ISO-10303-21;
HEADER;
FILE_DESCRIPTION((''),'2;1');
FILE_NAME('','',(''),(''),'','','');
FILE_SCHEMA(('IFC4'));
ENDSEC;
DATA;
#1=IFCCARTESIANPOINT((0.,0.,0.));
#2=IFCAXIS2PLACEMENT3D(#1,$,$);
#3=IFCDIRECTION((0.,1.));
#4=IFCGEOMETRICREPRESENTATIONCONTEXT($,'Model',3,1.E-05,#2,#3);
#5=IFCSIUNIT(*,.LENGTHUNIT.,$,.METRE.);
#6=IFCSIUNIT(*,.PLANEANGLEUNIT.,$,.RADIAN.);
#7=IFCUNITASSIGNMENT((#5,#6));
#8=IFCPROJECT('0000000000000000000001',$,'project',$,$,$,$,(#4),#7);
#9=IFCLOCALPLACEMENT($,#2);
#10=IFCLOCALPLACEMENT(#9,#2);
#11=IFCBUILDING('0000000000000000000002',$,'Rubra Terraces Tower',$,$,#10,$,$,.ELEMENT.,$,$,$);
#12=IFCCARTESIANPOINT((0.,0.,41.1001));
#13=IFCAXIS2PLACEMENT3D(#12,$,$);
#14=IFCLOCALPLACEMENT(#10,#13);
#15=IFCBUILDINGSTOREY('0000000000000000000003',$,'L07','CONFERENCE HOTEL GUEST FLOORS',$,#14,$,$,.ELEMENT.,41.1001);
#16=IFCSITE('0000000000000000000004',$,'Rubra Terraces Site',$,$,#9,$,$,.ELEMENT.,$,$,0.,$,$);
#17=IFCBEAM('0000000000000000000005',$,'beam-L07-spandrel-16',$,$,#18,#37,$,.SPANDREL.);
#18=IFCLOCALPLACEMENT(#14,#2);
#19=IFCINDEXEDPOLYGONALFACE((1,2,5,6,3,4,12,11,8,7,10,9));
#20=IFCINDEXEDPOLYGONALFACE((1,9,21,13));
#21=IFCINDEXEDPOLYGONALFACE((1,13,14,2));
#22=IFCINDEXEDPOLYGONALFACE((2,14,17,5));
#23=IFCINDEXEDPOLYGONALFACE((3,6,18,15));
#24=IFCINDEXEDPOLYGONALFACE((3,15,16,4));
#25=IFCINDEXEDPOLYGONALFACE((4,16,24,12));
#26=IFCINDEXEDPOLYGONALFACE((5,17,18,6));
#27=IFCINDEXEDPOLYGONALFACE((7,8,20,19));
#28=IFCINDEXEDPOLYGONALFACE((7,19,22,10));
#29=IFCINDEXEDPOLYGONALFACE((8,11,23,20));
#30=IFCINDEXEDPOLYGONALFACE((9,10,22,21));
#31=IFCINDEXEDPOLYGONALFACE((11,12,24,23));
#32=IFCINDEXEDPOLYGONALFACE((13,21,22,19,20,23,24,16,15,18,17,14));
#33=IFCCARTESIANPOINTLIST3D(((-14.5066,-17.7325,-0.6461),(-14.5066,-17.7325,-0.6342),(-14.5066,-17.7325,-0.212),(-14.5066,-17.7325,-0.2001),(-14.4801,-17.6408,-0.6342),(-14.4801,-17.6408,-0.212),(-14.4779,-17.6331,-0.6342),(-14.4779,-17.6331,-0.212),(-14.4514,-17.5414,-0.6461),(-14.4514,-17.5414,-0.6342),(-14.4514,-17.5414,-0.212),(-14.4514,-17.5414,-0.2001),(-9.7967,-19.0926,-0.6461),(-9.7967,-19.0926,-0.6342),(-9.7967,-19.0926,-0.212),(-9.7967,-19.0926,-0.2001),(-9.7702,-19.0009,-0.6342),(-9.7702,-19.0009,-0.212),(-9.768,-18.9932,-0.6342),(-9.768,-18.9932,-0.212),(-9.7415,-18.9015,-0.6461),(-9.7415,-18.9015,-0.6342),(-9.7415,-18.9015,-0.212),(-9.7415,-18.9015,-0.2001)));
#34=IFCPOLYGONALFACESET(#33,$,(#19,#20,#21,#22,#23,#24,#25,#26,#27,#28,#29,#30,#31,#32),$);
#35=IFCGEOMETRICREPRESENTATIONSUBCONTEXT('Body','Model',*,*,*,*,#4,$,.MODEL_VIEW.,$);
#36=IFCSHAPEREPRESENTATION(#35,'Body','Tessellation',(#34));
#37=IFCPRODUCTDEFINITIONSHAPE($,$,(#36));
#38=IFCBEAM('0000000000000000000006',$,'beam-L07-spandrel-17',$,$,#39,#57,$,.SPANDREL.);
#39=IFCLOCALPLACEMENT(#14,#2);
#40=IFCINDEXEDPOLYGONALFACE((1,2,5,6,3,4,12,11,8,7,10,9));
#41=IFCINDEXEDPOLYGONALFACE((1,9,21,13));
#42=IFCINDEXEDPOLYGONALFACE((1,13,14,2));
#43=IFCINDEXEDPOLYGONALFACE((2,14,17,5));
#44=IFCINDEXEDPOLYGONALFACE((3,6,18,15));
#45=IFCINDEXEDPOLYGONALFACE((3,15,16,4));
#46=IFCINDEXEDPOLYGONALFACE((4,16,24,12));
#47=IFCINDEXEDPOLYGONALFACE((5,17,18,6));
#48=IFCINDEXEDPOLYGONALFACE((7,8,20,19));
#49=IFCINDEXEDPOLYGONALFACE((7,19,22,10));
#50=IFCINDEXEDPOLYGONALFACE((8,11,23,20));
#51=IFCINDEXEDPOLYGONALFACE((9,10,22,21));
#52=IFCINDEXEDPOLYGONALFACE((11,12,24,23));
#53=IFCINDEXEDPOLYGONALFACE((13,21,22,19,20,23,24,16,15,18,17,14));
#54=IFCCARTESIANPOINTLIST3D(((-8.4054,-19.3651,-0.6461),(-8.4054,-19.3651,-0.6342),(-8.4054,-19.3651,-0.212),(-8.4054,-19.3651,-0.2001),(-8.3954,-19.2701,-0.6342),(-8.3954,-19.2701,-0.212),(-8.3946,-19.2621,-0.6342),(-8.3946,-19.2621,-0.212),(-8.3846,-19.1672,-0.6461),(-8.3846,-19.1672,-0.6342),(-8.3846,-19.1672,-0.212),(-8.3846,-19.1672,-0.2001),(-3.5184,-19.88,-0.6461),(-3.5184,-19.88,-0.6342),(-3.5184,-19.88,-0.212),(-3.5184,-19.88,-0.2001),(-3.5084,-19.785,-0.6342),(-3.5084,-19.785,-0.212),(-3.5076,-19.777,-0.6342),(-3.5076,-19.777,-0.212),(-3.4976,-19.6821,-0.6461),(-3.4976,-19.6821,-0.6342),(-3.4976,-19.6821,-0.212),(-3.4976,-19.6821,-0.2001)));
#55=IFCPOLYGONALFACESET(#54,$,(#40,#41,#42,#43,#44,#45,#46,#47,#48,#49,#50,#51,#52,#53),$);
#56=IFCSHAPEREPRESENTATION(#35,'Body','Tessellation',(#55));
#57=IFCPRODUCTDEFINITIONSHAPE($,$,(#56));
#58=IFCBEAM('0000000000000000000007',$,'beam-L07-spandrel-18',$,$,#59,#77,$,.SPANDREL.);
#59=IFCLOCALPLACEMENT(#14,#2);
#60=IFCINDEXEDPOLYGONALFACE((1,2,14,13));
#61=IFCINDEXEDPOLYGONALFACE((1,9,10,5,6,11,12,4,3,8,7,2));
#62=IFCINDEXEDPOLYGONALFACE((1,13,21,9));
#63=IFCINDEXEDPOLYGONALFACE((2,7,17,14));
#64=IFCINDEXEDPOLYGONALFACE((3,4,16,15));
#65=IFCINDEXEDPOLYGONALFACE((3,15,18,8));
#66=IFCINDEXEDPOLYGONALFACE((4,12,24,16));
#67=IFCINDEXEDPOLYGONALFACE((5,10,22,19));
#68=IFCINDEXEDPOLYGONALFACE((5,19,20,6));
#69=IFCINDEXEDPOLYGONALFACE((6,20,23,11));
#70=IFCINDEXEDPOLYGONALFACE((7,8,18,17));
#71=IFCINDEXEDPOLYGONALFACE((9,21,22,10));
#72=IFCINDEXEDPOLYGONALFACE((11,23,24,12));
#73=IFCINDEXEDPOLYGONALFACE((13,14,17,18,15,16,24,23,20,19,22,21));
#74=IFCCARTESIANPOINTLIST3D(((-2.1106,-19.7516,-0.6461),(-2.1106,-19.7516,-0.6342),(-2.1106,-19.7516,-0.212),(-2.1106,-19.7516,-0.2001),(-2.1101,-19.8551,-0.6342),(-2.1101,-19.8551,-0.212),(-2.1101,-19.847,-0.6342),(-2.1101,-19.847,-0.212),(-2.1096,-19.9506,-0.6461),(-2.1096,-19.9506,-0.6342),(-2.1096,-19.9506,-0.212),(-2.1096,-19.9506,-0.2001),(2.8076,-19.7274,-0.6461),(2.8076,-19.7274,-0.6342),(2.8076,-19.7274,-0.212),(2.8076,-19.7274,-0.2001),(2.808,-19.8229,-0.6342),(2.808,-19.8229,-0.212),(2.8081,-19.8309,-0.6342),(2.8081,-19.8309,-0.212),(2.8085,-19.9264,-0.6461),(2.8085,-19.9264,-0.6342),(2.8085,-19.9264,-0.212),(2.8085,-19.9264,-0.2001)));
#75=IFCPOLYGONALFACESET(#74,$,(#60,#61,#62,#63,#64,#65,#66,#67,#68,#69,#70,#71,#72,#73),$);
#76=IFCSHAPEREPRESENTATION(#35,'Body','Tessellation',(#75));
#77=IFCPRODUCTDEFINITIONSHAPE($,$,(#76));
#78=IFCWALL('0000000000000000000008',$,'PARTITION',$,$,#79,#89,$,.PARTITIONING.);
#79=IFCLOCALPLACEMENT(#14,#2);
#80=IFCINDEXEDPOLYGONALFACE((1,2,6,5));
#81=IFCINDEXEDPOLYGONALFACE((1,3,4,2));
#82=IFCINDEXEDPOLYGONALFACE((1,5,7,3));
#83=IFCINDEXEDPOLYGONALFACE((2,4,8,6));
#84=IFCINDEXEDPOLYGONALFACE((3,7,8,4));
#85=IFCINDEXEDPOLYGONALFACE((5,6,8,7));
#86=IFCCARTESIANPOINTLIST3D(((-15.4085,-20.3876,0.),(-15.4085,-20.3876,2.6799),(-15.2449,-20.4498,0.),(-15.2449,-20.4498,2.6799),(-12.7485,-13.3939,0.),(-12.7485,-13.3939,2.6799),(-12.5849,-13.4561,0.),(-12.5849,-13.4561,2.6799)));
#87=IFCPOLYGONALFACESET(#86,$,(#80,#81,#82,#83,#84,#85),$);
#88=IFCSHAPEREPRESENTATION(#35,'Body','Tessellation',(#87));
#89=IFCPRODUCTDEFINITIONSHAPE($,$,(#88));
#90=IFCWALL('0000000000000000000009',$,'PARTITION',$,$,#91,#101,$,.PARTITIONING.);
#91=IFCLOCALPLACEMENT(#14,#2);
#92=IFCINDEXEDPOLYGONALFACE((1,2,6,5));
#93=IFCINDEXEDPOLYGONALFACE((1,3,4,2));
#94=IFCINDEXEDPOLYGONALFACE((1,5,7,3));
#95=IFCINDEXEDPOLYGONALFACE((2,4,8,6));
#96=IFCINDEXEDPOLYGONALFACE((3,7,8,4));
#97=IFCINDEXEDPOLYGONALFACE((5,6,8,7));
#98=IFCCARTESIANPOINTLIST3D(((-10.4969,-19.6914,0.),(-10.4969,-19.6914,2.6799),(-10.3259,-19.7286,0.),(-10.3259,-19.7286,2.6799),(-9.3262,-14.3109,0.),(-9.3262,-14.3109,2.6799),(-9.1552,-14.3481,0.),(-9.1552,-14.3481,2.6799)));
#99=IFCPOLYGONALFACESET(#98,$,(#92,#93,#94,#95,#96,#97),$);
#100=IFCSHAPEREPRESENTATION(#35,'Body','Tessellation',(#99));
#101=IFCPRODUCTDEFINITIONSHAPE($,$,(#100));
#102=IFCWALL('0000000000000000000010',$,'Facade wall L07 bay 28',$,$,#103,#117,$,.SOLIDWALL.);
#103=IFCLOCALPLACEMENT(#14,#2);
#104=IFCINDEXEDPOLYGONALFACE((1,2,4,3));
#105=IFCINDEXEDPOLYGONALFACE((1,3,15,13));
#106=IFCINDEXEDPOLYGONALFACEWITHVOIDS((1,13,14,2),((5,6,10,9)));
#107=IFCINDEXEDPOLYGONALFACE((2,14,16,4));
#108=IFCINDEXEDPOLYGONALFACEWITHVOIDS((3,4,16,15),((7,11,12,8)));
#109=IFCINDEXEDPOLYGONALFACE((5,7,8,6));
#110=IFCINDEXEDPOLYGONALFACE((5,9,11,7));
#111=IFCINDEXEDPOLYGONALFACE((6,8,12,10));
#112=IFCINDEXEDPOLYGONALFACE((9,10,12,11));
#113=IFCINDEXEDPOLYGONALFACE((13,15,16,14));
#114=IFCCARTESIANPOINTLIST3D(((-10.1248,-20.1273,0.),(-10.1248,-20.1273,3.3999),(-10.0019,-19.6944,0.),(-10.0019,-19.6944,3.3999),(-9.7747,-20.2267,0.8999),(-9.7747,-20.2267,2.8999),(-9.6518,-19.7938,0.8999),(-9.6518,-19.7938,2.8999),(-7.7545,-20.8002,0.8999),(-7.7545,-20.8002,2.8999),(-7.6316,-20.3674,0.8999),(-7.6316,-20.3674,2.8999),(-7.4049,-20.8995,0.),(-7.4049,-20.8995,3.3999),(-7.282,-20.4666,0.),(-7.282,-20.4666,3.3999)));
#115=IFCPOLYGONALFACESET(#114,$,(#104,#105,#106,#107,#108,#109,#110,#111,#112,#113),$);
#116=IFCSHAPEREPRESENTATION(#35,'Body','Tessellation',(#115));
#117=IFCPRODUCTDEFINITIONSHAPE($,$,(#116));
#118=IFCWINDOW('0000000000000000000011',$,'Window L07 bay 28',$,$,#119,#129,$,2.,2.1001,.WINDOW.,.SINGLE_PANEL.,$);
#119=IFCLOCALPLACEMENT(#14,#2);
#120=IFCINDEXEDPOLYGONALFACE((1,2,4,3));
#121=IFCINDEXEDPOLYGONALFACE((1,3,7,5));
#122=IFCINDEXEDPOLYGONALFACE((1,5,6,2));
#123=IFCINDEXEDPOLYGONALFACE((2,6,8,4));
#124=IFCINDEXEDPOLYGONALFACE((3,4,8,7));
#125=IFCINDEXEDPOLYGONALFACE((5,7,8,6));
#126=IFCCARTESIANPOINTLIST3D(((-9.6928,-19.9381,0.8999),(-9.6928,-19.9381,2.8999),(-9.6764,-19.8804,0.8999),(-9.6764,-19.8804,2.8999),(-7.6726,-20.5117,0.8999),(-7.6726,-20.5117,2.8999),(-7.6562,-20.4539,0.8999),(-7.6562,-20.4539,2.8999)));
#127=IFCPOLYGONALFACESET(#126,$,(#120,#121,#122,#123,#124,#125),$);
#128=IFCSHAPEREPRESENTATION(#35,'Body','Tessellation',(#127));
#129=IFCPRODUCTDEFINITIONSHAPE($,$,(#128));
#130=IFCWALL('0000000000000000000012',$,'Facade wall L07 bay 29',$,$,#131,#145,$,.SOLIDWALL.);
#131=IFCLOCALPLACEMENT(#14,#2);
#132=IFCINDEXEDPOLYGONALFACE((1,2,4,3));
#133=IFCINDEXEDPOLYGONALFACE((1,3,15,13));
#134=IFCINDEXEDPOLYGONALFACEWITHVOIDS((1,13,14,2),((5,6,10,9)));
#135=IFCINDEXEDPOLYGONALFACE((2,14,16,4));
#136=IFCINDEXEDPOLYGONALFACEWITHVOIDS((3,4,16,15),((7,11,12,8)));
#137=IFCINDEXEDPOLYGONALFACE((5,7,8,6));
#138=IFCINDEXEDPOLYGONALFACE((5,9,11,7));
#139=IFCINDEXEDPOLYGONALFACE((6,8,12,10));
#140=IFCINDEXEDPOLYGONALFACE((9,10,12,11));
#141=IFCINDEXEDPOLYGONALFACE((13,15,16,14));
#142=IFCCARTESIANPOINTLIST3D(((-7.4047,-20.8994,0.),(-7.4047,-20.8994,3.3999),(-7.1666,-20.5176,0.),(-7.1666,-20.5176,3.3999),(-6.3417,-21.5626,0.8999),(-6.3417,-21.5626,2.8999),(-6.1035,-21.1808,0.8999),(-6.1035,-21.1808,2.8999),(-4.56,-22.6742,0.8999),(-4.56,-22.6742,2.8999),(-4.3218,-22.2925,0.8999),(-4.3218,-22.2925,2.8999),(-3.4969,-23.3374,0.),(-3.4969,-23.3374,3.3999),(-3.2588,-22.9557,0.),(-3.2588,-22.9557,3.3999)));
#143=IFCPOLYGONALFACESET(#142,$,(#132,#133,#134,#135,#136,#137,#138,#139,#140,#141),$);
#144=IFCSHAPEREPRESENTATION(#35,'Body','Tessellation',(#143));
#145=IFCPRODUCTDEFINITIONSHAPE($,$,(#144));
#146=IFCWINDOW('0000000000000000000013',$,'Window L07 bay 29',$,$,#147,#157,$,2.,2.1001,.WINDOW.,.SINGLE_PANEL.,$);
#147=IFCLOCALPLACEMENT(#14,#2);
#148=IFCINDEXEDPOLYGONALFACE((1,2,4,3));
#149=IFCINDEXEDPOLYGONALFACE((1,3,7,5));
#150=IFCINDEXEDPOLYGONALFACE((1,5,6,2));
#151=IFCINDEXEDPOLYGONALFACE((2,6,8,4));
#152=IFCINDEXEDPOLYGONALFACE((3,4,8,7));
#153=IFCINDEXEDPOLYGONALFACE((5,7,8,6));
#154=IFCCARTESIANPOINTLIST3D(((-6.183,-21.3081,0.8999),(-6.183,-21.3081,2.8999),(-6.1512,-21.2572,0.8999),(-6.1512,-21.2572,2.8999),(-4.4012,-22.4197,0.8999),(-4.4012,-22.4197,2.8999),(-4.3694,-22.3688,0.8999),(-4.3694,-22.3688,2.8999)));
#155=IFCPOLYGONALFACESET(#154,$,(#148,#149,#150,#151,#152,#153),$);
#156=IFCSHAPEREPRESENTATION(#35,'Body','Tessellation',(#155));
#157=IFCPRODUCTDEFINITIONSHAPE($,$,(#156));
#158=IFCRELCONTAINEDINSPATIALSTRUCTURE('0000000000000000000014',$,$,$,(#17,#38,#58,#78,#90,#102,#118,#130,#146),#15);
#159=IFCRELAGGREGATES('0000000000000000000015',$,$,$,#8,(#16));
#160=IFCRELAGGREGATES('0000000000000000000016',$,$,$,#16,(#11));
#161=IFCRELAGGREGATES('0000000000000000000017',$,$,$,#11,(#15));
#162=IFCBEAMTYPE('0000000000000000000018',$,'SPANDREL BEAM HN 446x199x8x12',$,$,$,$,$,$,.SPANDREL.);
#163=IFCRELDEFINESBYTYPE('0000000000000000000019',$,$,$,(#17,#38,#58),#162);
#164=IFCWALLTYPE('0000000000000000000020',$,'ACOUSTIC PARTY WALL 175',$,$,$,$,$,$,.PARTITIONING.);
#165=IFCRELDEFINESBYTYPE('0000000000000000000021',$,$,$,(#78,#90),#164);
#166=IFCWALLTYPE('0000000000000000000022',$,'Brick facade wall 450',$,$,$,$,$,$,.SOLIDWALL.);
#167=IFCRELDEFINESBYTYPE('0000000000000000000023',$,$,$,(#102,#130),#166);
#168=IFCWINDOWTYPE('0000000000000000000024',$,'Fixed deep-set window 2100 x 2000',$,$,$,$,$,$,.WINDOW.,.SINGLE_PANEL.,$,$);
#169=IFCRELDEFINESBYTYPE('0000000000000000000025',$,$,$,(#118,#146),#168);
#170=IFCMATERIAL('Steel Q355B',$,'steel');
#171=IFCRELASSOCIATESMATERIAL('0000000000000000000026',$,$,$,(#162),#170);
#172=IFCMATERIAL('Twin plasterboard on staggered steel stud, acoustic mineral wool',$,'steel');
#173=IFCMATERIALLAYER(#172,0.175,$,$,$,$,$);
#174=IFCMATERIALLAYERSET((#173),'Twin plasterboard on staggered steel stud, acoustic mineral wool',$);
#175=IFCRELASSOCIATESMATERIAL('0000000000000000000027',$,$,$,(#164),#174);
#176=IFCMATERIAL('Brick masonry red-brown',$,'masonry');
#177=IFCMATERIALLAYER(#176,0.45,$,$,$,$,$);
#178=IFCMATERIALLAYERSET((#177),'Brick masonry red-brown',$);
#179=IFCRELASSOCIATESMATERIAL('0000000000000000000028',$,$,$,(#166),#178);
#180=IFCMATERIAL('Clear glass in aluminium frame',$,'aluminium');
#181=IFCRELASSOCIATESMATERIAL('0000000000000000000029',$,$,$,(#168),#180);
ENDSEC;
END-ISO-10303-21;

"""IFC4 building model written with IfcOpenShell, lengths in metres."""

from ifc_helpers import new_model, si_unit, direction, frame, frame_2d, origin, origin_2d, place, context, subcontext, project, spatial, rectangle, i_section, extrude, material, layer, layer_set, material_profile, profile_set, type_object, element, fill, save


model = new_model("IFC4")

# Units and contexts
model_context = context("Model", 3, precision=1e-05, world=origin(), true_north=direction((0.0, 1.0)))
body_context = subcontext(model_context, "Body", "Model", "MODEL_VIEW")
ifc_project = project(units=[si_unit("LENGTHUNIT", "METRE"), si_unit("PLANEANGLEUNIT", "RADIAN")], contexts=[model_context])

# Site, building, storey
site_placement = place(None, origin())
site = spatial("IfcSite", under=ifc_project, at=site_placement, Name="Rubra Terraces Site", CompositionType="ELEMENT", RefElevation=0.0)
building_placement = place(site_placement, origin())
building = spatial("IfcBuilding", under=site, at=building_placement, Name="Rubra Terraces Tower", CompositionType="ELEMENT")
storey_placement = place(building_placement, frame((0.0, 0.0, 41.1001)))
storey = spatial("IfcBuildingStorey", under=building, at=storey_placement, Name="L07", Description="CONFERENCE HOTEL GUEST FLOORS", CompositionType="ELEMENT", Elevation=41.1001)

# Beams
ifc_material_1 = material(Name="Steel Q355B", Category="steel")
ifc_material_profile_1 = material_profile(ifc_material_1, i_section(OverallWidth=0.199, OverallDepth=0.446, WebThickness=0.0081, FlangeThickness=0.012, at=origin_2d()), Name="HN 446x199x8x12")
ifc_profile_set_1 = profile_set([ifc_material_profile_1], Name="Steel Q355B")
beam_type_1 = type_object("IfcBeamType", Name="SPANDREL BEAM HN 446x199x8x12", PredefinedType="SPANDREL", material=ifc_profile_set_1)
beam_1_placement = place(storey_placement, frame((-14.479, -17.637, -0.4231), z_axis=(0.960744, -0.277436, 0.0), x_axis=(0.277436, 0.960744, 0.0)))
element("IfcBeam", 1, at=beam_1_placement, inside=storey, type_object=beam_type_1, Name="beam-L07-spandrel-16", PredefinedType="SPANDREL", context=body_context, shape_type="SweptSolid", body=[
    extrude(i_section(OverallWidth=0.199, OverallDepth=0.446, WebThickness=0.0081, FlangeThickness=0.012, at=origin_2d()), origin(), (0.0, 0.0, 1.0), 4.9023),
])
beam_2_placement = place(storey_placement, frame((-8.395, -19.2661, -0.4231), z_axis=(0.994495, -0.10478, 0.0), x_axis=(0.10478, 0.994495, 0.0)))
element("IfcBeam", 2, at=beam_2_placement, inside=storey, type_object=beam_type_1, Name="beam-L07-spandrel-17", PredefinedType="SPANDREL", context=body_context, shape_type="SweptSolid", body=[
    extrude(i_section(OverallWidth=0.199, OverallDepth=0.446, WebThickness=0.0081, FlangeThickness=0.012, at=origin_2d()), origin(), (0.0, 0.0, 1.0), 4.9141),
])
beam_3_placement = place(storey_placement, frame((-2.1101, -19.8511, -0.4231), z_axis=(0.999988, 0.004914, 0.0), x_axis=(-0.004914, 0.999988, 0.0)))
element("IfcBeam", 3, at=beam_3_placement, inside=storey, type_object=beam_type_1, Name="beam-L07-spandrel-18", PredefinedType="SPANDREL", context=body_context, shape_type="SweptSolid", body=[
    extrude(i_section(OverallWidth=0.199, OverallDepth=0.446, WebThickness=0.0081, FlangeThickness=0.012, at=origin_2d()), origin(), (0.0, 0.0, 1.0), 4.9182),
])

# Walls
ifc_material_2 = material(Name="Twin plasterboard on staggered steel stud, acoustic mineral wool", Category="steel")
ifc_layer_1 = layer(ifc_material_2, 0.175)
ifc_layer_set_1 = layer_set([ifc_layer_1], Name="Twin plasterboard on staggered steel stud, acoustic mineral wool")
wall_type_1 = type_object("IfcWallType", Name="ACOUSTIC PARTY WALL 175", PredefinedType="PARTITIONING", material=ifc_layer_set_1)
wall_1_placement = place(storey_placement, frame((-15.3267, -20.4187, 0.0), z_axis=(0.0, 0.0, 1.0), x_axis=(0.355489, 0.93468, 0.0)))
element("IfcWall", 4, at=wall_1_placement, inside=storey, type_object=wall_type_1, Name="PARTITION", PredefinedType="PARTITIONING", context=body_context, shape_type="SweptSolid", body=[
    extrude(rectangle(XDim=7.4824, YDim=0.175, at=frame_2d((3.7412, 0.0))), origin(), (0.0, 0.0, 1.0), 2.6799),
])
wall_2_placement = place(storey_placement, frame((-10.4114, -19.71, 0.0), z_axis=(0.0, 0.0, 1.0), x_axis=(0.212605, 0.977138, 0.0)))
element("IfcWall", 5, at=wall_2_placement, inside=storey, type_object=wall_type_1, Name="PARTITION", PredefinedType="PARTITIONING", context=body_context, shape_type="SweptSolid", body=[
    extrude(rectangle(XDim=5.5063, YDim=0.175, at=frame_2d((2.7532, 0.0))), origin(), (0.0, 0.0, 1.0), 2.6799),
])

# Walls, openings, windows
ifc_material_3 = material(Name="Brick masonry red-brown", Category="masonry")
ifc_layer_2 = layer(ifc_material_3, 0.45)
ifc_layer_set_2 = layer_set([ifc_layer_2], Name="Brick masonry red-brown")
wall_type_2 = type_object("IfcWallType", Name="Brick facade wall 450", PredefinedType="SOLIDWALL", material=ifc_layer_set_2)
wall_3_placement = place(storey_placement, frame((-10.0632, -19.9109, 0.0), z_axis=(0.0, 0.0, 1.0), x_axis=(0.961982, -0.273113, 0.0)))
wall_3 = element("IfcWall", 6, at=wall_3_placement, inside=storey, type_object=wall_type_2, Name="Facade wall L07 bay 28", PredefinedType="SOLIDWALL", context=body_context, shape_type="SweptSolid", body=[
    extrude(rectangle(XDim=2.8274, YDim=0.45, at=frame_2d((1.4136, 0.0))), origin(), (0.0, 0.0, 1.0), 3.3999),
])
opening_1_placement = place(wall_3_placement, frame((0.3638, 0.0, 0.8999)))
opening_1 = element("IfcOpeningElement", 7, at=opening_1_placement, cuts=wall_3, PredefinedType="OPENING", context=body_context, shape_type="SweptSolid", body=[
    extrude(rectangle(XDim=2.1001, YDim=2.0, at=frame_2d((1.05, 1.0))), frame((0.0, 0.2349, 0.0), z_axis=(0.0, -1.0, 0.0), x_axis=(1.0, 0.0, 0.0)), (0.0, 0.0, 1.0), 0.47),
])
ifc_material_4 = material(Name="Clear glass in aluminium frame", Category="aluminium")
window_type = type_object("IfcWindowType", Name="Fixed deep-set window 2100 x 2000", PartitioningType="SINGLE_PANEL", PredefinedType="WINDOW", material=ifc_material_4)
window_1_placement = place(opening_1_placement, origin())
window_1 = element("IfcWindow", 8, at=window_1_placement, inside=storey, type_object=window_type, Name="Window L07 bay 28", OverallHeight=2.0, OverallWidth=2.1001, PartitioningType="SINGLE_PANEL", PredefinedType="WINDOW", context=body_context, shape_type="SweptSolid", body=[
    extrude(rectangle(XDim=2.1001, YDim=2.0, at=frame_2d((1.05, 1.0))), frame((0.0, 0.135, 0.0), z_axis=(0.0, -1.0, 0.0), x_axis=(1.0, 0.0, 0.0)), (0.0, 0.0, 1.0), 0.0601),
])
fill(opening_1, window_1)
wall_4_placement = place(storey_placement, frame((-7.2856, -20.7085, 0.0), z_axis=(0.0, 0.0, 1.0), x_axis=(0.848421, -0.529322, 0.0)))
wall_4 = element("IfcWall", 9, at=wall_4_placement, inside=storey, type_object=wall_type_2, Name="Facade wall L07 bay 29", PredefinedType="SOLIDWALL", context=body_context, shape_type="SweptSolid", body=[
    extrude(rectangle(XDim=4.606, YDim=0.45, at=frame_2d((2.303, 0.0))), origin(), (0.0, 0.0, 1.0), 3.3999),
])
opening_2_placement = place(wall_4_placement, frame((1.2529, 0.0, 0.8999)))
opening_2 = element("IfcOpeningElement", 10, at=opening_2_placement, cuts=wall_4, PredefinedType="OPENING", context=body_context, shape_type="SweptSolid", body=[
    extrude(rectangle(XDim=2.1001, YDim=2.0, at=frame_2d((1.05, 1.0))), frame((0.0, 0.2349, 0.0), z_axis=(0.0, -1.0, 0.0), x_axis=(1.0, 0.0, 0.0)), (0.0, 0.0, 1.0), 0.47),
])
window_2_placement = place(opening_2_placement, origin())
window_2 = element("IfcWindow", 11, at=window_2_placement, inside=storey, type_object=window_type, Name="Window L07 bay 29", OverallHeight=2.0, OverallWidth=2.1001, PartitioningType="SINGLE_PANEL", PredefinedType="WINDOW", context=body_context, shape_type="SweptSolid", body=[
    extrude(rectangle(XDim=2.1001, YDim=2.0, at=frame_2d((1.05, 1.0))), frame((0.0, 0.135, 0.0), z_axis=(0.0, -1.0, 0.0), x_axis=(1.0, 0.0, 0.0)), (0.0, 0.0, 1.0), 0.0601),
])
fill(opening_2, window_2)

save(model, "model.ifc")
